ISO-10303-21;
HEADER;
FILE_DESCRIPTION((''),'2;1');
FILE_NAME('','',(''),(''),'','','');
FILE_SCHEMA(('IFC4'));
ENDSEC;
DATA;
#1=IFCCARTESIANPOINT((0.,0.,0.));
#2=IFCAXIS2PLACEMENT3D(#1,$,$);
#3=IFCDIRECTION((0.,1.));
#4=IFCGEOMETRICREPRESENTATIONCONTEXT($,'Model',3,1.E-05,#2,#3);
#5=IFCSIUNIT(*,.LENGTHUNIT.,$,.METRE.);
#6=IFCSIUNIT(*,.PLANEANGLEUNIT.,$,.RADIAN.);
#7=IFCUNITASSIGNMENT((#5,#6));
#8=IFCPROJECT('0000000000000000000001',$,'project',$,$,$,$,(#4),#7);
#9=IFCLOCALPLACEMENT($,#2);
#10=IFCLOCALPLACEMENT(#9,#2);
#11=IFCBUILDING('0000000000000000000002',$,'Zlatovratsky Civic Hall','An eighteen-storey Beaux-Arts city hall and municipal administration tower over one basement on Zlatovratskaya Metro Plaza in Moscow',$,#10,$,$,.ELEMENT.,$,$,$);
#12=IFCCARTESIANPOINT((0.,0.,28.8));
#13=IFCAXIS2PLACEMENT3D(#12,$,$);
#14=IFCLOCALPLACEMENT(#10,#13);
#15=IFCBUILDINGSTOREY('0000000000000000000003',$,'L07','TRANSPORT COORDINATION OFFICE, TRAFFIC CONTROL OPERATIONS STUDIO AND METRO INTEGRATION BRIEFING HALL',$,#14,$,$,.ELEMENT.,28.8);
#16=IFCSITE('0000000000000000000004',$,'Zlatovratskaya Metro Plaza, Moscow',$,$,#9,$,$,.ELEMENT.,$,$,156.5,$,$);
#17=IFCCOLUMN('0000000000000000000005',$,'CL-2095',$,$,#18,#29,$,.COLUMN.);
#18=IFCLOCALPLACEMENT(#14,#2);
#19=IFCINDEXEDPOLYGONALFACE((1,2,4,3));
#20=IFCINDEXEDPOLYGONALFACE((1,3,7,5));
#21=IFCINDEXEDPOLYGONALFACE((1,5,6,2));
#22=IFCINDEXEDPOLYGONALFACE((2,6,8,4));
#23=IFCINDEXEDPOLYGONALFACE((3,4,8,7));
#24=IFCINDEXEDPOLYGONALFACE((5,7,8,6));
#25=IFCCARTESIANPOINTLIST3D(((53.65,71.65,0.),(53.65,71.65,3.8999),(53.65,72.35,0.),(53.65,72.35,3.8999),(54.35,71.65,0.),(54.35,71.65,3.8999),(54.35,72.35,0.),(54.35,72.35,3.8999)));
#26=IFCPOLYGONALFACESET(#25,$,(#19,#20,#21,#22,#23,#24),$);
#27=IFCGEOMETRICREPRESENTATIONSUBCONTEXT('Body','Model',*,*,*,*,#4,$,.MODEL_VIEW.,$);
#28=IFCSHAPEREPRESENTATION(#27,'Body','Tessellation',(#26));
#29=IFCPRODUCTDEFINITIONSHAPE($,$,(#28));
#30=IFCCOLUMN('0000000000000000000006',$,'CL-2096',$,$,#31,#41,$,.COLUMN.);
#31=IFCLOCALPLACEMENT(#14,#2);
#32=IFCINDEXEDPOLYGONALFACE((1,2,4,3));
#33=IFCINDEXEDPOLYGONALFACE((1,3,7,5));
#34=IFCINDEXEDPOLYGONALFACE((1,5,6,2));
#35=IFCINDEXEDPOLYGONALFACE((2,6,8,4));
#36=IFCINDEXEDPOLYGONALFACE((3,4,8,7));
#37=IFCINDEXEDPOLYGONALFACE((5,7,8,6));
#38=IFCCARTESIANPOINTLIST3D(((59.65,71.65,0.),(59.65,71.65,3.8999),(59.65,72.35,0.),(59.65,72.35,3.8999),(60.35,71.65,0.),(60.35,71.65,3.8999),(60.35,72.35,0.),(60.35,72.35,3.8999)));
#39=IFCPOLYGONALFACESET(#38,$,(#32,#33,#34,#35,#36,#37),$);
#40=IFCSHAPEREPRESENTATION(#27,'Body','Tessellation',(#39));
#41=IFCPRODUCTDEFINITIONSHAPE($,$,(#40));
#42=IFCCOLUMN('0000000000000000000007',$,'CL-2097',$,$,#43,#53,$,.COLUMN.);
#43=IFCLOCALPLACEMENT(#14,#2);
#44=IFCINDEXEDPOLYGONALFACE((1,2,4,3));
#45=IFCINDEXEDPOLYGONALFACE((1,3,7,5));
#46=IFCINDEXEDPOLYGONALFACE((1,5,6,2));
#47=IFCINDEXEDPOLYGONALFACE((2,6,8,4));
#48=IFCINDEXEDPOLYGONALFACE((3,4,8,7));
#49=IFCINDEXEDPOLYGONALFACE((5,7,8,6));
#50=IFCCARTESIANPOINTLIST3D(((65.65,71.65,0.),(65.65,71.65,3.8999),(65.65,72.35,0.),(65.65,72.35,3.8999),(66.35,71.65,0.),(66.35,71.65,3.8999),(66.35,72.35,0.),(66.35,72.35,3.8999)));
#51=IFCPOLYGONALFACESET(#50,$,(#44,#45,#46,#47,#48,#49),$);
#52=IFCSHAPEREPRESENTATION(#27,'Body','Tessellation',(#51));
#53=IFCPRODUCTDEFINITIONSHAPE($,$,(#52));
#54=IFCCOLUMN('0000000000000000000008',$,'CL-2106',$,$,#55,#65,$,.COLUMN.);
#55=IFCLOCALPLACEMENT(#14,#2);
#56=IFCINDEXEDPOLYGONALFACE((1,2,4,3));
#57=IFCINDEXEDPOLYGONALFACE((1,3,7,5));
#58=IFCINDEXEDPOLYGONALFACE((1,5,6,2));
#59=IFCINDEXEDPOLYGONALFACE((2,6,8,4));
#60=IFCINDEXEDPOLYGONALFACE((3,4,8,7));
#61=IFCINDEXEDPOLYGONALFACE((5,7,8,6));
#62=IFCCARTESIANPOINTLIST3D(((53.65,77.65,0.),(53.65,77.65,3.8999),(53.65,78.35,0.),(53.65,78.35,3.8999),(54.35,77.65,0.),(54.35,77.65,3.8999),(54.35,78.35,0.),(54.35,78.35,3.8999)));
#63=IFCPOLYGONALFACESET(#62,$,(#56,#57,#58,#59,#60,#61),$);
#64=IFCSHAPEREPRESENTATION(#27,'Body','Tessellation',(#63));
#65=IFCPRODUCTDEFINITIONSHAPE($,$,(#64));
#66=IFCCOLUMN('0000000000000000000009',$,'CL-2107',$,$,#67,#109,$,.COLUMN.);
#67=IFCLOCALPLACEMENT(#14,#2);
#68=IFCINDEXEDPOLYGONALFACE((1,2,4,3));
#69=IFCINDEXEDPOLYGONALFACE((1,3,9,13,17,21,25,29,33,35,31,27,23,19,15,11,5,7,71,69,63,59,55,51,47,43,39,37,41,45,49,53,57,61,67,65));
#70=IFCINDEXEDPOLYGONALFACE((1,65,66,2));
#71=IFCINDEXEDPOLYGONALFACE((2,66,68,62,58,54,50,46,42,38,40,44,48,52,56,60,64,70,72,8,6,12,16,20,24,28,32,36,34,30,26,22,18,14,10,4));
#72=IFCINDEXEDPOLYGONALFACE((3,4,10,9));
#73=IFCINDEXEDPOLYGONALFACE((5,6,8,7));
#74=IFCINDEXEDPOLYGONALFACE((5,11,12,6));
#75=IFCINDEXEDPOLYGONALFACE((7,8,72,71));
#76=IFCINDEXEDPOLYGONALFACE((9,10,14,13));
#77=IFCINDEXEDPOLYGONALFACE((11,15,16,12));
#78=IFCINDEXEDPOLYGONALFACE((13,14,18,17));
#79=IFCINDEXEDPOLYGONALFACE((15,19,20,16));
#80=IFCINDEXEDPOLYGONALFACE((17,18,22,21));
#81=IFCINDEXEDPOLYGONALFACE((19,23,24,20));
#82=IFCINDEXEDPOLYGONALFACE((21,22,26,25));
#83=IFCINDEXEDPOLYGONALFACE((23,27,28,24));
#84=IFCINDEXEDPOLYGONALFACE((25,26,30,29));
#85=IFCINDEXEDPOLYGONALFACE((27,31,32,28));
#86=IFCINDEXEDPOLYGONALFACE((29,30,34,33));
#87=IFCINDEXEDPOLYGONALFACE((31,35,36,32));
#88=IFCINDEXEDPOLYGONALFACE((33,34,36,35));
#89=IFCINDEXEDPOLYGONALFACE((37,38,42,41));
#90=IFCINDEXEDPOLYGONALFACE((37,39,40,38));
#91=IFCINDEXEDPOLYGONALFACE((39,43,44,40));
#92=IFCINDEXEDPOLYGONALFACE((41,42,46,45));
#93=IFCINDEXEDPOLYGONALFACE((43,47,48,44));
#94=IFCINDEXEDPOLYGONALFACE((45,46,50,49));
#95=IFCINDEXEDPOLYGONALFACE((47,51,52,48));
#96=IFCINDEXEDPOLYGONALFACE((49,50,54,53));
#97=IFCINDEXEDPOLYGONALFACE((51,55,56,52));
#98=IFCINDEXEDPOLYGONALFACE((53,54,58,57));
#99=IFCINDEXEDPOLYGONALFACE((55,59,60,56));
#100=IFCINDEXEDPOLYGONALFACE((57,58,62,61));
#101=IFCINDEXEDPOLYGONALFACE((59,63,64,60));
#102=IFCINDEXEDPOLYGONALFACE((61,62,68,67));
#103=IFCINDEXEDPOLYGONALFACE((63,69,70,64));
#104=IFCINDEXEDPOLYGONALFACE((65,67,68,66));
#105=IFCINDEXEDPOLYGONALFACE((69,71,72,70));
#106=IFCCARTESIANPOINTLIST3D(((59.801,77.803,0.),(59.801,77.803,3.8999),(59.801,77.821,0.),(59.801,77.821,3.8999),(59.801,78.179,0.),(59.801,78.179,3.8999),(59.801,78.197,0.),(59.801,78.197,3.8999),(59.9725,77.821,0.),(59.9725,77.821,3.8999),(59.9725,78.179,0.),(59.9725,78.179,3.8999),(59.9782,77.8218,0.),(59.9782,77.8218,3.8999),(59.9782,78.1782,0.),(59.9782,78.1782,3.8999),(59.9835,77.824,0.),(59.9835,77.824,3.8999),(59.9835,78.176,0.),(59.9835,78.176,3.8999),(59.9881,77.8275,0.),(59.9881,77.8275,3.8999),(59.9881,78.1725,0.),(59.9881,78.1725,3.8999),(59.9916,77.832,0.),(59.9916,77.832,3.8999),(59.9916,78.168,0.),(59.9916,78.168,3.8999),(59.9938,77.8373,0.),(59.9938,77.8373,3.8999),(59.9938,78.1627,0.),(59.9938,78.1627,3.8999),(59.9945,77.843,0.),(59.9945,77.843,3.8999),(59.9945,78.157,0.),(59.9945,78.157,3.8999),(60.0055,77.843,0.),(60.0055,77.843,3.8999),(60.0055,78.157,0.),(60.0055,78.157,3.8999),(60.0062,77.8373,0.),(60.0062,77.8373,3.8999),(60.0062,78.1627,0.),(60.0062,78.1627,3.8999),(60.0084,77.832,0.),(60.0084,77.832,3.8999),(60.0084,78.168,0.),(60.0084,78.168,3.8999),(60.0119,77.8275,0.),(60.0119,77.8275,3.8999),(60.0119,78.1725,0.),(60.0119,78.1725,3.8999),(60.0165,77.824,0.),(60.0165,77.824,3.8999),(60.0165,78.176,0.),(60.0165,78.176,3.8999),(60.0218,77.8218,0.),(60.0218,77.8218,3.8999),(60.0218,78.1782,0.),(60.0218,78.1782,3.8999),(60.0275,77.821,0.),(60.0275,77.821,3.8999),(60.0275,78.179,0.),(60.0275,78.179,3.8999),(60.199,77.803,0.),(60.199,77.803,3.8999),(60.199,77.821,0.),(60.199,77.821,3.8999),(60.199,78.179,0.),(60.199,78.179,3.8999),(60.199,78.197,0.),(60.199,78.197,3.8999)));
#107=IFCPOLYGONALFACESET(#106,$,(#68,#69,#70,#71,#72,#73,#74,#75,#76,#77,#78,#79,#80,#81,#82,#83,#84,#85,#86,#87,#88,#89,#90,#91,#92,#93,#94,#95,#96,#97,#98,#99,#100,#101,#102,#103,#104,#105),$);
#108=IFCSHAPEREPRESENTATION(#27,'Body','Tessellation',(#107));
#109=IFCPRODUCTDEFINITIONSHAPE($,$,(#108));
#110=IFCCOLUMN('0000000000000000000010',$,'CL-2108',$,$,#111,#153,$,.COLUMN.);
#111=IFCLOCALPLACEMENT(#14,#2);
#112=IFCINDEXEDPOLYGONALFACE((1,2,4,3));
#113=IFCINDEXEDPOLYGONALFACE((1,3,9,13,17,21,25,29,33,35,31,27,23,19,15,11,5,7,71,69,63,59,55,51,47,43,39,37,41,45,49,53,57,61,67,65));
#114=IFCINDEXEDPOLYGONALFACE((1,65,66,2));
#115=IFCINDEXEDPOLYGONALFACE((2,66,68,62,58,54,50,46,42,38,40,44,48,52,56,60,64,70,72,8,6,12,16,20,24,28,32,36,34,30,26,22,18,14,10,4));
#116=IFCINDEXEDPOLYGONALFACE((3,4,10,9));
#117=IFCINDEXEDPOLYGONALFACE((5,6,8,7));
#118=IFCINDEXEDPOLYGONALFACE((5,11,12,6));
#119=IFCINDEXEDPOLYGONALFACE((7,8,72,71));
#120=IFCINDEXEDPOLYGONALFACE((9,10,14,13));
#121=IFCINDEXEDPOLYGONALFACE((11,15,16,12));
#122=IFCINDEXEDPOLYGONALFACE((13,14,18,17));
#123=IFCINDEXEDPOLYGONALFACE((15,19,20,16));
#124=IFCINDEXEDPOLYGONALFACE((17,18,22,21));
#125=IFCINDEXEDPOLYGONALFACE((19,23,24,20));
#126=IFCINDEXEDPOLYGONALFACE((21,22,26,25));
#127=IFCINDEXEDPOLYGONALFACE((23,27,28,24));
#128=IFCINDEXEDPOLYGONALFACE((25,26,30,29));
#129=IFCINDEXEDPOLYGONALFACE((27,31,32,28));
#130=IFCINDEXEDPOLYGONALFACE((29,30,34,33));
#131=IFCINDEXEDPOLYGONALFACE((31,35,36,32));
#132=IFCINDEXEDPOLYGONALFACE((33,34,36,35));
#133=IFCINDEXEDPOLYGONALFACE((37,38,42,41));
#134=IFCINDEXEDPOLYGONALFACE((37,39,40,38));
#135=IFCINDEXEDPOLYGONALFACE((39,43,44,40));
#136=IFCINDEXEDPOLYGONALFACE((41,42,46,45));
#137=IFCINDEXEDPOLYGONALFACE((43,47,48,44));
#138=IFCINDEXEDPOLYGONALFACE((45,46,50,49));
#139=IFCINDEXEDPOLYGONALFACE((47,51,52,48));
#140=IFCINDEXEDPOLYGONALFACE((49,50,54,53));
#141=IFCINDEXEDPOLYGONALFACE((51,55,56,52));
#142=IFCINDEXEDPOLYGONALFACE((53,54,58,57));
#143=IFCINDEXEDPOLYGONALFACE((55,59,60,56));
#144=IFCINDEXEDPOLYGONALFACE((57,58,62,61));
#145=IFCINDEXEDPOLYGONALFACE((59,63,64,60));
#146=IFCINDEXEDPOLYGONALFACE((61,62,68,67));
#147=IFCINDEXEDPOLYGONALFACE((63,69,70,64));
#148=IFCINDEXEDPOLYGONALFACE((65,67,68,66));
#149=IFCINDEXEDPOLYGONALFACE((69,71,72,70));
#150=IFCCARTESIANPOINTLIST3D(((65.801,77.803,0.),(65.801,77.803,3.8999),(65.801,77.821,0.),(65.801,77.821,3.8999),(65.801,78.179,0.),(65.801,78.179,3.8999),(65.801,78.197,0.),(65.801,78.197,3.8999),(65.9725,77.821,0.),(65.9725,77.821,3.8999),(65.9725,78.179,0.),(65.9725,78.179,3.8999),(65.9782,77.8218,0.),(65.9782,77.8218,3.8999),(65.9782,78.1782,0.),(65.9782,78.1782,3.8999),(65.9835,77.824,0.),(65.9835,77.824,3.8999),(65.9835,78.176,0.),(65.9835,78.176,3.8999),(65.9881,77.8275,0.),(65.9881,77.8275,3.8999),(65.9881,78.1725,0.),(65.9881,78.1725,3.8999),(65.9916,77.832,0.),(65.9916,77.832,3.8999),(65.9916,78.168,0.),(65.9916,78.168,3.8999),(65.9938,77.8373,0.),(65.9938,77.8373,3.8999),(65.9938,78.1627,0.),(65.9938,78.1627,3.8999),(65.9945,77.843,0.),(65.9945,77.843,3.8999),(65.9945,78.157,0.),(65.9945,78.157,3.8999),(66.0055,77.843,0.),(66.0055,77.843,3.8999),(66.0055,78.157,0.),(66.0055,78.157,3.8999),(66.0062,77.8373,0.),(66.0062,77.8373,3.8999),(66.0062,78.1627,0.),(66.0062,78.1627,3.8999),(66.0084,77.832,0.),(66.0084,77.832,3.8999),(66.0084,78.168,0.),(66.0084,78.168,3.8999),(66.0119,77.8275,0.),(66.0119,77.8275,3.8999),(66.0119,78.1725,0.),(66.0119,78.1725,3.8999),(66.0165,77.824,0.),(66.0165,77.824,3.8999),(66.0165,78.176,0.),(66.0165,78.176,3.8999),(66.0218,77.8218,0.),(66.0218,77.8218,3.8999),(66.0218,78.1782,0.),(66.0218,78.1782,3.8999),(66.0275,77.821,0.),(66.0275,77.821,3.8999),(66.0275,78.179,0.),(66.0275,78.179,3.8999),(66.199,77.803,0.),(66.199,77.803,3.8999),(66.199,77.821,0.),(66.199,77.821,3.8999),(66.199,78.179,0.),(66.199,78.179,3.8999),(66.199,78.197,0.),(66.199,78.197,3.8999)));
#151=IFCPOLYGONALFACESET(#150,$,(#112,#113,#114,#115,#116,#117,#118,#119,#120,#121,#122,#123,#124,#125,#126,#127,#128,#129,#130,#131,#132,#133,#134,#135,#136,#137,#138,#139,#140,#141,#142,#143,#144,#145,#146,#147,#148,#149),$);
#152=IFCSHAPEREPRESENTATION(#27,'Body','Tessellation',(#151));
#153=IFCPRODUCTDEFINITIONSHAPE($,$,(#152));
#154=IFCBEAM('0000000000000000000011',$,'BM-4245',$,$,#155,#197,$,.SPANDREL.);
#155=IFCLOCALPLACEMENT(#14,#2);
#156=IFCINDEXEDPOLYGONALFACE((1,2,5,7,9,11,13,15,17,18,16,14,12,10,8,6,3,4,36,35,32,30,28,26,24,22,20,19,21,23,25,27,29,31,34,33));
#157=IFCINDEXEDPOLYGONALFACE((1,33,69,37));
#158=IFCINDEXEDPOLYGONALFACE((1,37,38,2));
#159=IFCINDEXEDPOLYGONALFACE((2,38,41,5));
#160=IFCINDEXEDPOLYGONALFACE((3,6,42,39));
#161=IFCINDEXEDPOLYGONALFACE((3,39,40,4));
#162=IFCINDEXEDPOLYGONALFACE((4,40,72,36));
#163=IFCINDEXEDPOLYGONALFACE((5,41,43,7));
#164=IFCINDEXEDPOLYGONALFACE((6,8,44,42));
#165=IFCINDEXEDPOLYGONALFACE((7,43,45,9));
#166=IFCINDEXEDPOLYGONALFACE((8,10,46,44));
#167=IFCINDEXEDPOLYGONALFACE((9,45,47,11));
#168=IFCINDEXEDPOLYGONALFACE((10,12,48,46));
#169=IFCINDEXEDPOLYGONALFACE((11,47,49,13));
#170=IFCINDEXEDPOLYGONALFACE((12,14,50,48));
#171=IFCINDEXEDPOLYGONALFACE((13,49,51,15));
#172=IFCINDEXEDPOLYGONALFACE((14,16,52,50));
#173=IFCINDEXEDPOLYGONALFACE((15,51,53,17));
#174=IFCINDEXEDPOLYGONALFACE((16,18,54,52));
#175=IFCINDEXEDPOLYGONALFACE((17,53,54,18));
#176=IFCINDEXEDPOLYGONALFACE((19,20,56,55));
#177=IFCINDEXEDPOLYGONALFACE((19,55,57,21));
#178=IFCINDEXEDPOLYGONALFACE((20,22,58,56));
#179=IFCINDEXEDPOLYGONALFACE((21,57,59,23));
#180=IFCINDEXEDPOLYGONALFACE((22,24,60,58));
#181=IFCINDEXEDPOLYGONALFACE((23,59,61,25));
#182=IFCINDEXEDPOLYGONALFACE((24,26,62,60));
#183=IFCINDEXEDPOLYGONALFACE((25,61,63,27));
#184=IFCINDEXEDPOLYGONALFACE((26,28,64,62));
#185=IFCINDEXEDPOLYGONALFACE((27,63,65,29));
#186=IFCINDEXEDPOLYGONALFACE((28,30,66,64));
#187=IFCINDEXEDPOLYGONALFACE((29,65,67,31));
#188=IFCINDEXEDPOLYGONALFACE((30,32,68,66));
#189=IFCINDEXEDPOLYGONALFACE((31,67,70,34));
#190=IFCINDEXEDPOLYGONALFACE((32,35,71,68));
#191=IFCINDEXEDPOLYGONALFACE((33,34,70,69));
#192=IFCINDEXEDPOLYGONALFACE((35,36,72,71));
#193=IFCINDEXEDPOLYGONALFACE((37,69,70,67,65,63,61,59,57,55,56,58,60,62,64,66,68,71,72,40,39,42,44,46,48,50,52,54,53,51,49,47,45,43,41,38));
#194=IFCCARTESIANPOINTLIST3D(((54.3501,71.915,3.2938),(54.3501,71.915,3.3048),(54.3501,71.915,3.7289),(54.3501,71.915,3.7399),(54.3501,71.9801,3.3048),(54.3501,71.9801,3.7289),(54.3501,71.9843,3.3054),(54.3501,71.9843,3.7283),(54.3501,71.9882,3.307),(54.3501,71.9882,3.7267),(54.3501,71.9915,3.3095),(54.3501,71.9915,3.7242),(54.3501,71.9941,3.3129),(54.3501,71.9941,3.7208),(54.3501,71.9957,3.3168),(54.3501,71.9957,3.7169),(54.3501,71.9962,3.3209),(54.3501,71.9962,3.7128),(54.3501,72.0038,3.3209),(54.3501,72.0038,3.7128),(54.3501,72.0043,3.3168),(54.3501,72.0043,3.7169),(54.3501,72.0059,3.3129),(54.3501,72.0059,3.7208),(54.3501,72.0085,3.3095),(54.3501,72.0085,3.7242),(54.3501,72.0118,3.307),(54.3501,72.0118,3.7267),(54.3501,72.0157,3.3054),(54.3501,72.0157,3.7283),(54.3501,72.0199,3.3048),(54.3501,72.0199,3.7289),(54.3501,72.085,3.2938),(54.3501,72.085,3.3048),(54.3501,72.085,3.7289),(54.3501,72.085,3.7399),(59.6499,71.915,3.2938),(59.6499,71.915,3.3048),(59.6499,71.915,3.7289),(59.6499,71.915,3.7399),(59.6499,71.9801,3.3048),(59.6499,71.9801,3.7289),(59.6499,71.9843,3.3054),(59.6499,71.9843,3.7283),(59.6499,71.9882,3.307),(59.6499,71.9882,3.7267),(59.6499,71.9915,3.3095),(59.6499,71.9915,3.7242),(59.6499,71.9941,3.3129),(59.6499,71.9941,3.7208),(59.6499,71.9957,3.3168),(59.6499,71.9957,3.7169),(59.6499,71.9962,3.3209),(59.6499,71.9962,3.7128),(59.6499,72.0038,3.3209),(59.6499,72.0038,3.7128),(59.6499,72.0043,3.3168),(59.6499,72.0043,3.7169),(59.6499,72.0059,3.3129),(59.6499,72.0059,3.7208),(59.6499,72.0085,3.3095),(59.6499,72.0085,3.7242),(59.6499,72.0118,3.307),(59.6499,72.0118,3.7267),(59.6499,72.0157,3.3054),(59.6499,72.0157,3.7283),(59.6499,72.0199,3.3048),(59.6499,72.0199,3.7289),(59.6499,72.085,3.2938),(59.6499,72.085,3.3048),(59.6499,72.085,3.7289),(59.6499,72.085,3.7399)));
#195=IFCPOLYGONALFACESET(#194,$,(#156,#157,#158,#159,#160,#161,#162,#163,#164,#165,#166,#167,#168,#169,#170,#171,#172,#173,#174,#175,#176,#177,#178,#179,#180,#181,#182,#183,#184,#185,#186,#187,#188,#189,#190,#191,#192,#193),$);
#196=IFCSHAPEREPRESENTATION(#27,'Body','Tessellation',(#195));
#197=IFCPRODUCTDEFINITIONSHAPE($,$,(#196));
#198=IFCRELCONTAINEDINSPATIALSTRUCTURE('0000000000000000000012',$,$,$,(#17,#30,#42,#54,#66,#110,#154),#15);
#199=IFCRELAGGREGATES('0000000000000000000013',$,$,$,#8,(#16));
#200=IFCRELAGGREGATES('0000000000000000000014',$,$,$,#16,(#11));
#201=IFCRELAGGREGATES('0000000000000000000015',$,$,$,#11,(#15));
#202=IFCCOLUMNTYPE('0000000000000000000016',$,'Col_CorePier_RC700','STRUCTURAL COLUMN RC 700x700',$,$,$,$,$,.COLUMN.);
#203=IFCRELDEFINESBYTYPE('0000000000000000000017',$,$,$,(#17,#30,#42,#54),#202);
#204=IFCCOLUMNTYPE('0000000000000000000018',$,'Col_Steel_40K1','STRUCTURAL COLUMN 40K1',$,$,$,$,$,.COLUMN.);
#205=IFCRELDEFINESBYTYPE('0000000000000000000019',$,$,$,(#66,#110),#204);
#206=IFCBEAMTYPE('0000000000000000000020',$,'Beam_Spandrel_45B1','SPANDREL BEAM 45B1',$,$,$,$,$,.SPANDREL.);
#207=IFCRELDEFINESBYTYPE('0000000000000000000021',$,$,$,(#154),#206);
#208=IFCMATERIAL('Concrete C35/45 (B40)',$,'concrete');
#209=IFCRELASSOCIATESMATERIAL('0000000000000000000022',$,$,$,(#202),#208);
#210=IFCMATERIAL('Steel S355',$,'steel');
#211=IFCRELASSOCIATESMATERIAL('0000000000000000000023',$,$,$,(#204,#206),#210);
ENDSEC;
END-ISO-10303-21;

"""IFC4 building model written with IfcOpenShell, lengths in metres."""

from ifc_helpers import new_model, si_unit, direction, frame, origin, origin_2d, place, context, subcontext, project, spatial, rectangle, i_section, extrude, material, material_profile, profile_set, type_object, element, save


model = new_model("IFC4")

# Units and contexts
model_context = context("Model", 3, precision=1e-05, world=origin(), true_north=direction((0.0, 1.0)))
body_context = subcontext(model_context, "Body", "Model", "MODEL_VIEW")
ifc_project = project(units=[si_unit("LENGTHUNIT", "METRE"), si_unit("PLANEANGLEUNIT", "RADIAN")], contexts=[model_context])

# Site, building, storey
site_placement = place(None, origin())
site = spatial("IfcSite", under=ifc_project, at=site_placement, Name="Zlatovratskaya Metro Plaza, Moscow", CompositionType="ELEMENT", RefElevation=156.5)
building_placement = place(site_placement, origin())
building = spatial("IfcBuilding", under=site, at=building_placement, Name="Zlatovratsky Civic Hall", Description="An eighteen-storey Beaux-Arts city hall and municipal administration tower over one basement on Zlatovratskaya Metro Plaza in Moscow", CompositionType="ELEMENT")
storey_placement = place(building_placement, frame((0.0, 0.0, 28.8)))
storey = spatial("IfcBuildingStorey", under=building, at=storey_placement, Name="L07", Description="TRANSPORT COORDINATION OFFICE, TRAFFIC CONTROL OPERATIONS STUDIO AND METRO INTEGRATION BRIEFING HALL", CompositionType="ELEMENT", Elevation=28.8)

# Columns
ifc_material_1 = material(Name="Concrete C35/45 (B40)", Category="concrete")
ifc_material_profile_1 = material_profile(ifc_material_1, rectangle(XDim=0.7, YDim=0.7, at=origin_2d()), Name="RC 700x700")
ifc_profile_set_1 = profile_set([ifc_material_profile_1], Name="Concrete C35/45 (B40)")
column_type_1 = type_object("IfcColumnType", Name="Col_CorePier_RC700", Description="STRUCTURAL COLUMN RC 700x700", PredefinedType="COLUMN", material=ifc_profile_set_1)
for number, where, z_axis, x_axis, name in (
    (1, (54.0, 72.0, 0.0), (0.0, 0.0, 1.0), (1.0, 0.0, 0.0), "CL-2095"),
    (2, (60.0, 72.0, 0.0), (0.0, 0.0, 1.0), (1.0, 0.0, 0.0), "CL-2096"),
    (3, (66.0, 72.0, 0.0), (0.0, 0.0, 1.0), (1.0, 0.0, 0.0), "CL-2097"),
    (4, (54.0, 78.0, 0.0), (0.0, 0.0, 1.0), (1.0, 0.0, 0.0), "CL-2106"),
):
    element("IfcColumn", number, at=place(storey_placement, frame(where, z_axis=z_axis, x_axis=x_axis)), inside=storey, type_object=column_type_1, Name=name, PredefinedType="COLUMN", context=body_context, shape_type="SweptSolid", body=[
        extrude(rectangle(XDim=0.7, YDim=0.7, at=origin_2d()), origin(), (0.0, 0.0, 1.0), 3.8999),
    ])
ifc_material_2 = material(Name="Steel S355", Category="steel")
ifc_material_profile_2 = material_profile(ifc_material_2, i_section(OverallWidth=0.3979, OverallDepth=0.394, WebThickness=0.011, FlangeThickness=0.0181, FilletRadius=0.022, at=origin_2d()), Name="40K1")
ifc_profile_set_2 = profile_set([ifc_material_profile_2], Name="Steel S355")
column_type_2 = type_object("IfcColumnType", Name="Col_Steel_40K1", Description="STRUCTURAL COLUMN 40K1", PredefinedType="COLUMN", material=ifc_profile_set_2)
for number, where, z_axis, x_axis, name in (
    (5, (60.0, 78.0, 0.0), (0.0, 0.0, 1.0), (1.0, 0.0, 0.0), "CL-2107"),
    (6, (66.0, 78.0, 0.0), (0.0, 0.0, 1.0), (1.0, 0.0, 0.0), "CL-2108"),
):
    element("IfcColumn", number, at=place(storey_placement, frame(where, z_axis=z_axis, x_axis=x_axis)), inside=storey, type_object=column_type_2, Name=name, PredefinedType="COLUMN", context=body_context, shape_type="SweptSolid", body=[
        extrude(i_section(OverallWidth=0.3979, OverallDepth=0.394, WebThickness=0.011, FlangeThickness=0.0181, FilletRadius=0.022, at=origin_2d()), origin(), (0.0, 0.0, 1.0), 3.8999),
    ])

# Beam
ifc_material_profile_3 = material_profile(ifc_material_2, i_section(OverallWidth=0.1699, OverallDepth=0.446, WebThickness=0.0076, FlangeThickness=0.011, FilletRadius=0.0161, at=origin_2d()), Name="45B1")
ifc_profile_set_3 = profile_set([ifc_material_profile_3], Name="Steel S355")
beam_type_1 = type_object("IfcBeamType", Name="Beam_Spandrel_45B1", Description="SPANDREL BEAM 45B1", PredefinedType="SPANDREL", material=ifc_profile_set_3)
for number, where, z_axis, x_axis, name in (
    (7, (54.3501, 72.0, 3.5168), (1.0, 0.0, 0.0), (0.0, 1.0, 0.0), "BM-4245"),
):
    element("IfcBeam", number, at=place(storey_placement, frame(where, z_axis=z_axis, x_axis=x_axis)), inside=storey, type_object=beam_type_1, Name=name, PredefinedType="SPANDREL", context=body_context, shape_type="SweptSolid", body=[
        extrude(i_section(OverallWidth=0.1699, OverallDepth=0.446, WebThickness=0.0076, FlangeThickness=0.011, FilletRadius=0.0161, at=origin_2d()), origin(), (0.0, 0.0, 1.0), 5.2998),
    ])

save(model, "model.ifc")
